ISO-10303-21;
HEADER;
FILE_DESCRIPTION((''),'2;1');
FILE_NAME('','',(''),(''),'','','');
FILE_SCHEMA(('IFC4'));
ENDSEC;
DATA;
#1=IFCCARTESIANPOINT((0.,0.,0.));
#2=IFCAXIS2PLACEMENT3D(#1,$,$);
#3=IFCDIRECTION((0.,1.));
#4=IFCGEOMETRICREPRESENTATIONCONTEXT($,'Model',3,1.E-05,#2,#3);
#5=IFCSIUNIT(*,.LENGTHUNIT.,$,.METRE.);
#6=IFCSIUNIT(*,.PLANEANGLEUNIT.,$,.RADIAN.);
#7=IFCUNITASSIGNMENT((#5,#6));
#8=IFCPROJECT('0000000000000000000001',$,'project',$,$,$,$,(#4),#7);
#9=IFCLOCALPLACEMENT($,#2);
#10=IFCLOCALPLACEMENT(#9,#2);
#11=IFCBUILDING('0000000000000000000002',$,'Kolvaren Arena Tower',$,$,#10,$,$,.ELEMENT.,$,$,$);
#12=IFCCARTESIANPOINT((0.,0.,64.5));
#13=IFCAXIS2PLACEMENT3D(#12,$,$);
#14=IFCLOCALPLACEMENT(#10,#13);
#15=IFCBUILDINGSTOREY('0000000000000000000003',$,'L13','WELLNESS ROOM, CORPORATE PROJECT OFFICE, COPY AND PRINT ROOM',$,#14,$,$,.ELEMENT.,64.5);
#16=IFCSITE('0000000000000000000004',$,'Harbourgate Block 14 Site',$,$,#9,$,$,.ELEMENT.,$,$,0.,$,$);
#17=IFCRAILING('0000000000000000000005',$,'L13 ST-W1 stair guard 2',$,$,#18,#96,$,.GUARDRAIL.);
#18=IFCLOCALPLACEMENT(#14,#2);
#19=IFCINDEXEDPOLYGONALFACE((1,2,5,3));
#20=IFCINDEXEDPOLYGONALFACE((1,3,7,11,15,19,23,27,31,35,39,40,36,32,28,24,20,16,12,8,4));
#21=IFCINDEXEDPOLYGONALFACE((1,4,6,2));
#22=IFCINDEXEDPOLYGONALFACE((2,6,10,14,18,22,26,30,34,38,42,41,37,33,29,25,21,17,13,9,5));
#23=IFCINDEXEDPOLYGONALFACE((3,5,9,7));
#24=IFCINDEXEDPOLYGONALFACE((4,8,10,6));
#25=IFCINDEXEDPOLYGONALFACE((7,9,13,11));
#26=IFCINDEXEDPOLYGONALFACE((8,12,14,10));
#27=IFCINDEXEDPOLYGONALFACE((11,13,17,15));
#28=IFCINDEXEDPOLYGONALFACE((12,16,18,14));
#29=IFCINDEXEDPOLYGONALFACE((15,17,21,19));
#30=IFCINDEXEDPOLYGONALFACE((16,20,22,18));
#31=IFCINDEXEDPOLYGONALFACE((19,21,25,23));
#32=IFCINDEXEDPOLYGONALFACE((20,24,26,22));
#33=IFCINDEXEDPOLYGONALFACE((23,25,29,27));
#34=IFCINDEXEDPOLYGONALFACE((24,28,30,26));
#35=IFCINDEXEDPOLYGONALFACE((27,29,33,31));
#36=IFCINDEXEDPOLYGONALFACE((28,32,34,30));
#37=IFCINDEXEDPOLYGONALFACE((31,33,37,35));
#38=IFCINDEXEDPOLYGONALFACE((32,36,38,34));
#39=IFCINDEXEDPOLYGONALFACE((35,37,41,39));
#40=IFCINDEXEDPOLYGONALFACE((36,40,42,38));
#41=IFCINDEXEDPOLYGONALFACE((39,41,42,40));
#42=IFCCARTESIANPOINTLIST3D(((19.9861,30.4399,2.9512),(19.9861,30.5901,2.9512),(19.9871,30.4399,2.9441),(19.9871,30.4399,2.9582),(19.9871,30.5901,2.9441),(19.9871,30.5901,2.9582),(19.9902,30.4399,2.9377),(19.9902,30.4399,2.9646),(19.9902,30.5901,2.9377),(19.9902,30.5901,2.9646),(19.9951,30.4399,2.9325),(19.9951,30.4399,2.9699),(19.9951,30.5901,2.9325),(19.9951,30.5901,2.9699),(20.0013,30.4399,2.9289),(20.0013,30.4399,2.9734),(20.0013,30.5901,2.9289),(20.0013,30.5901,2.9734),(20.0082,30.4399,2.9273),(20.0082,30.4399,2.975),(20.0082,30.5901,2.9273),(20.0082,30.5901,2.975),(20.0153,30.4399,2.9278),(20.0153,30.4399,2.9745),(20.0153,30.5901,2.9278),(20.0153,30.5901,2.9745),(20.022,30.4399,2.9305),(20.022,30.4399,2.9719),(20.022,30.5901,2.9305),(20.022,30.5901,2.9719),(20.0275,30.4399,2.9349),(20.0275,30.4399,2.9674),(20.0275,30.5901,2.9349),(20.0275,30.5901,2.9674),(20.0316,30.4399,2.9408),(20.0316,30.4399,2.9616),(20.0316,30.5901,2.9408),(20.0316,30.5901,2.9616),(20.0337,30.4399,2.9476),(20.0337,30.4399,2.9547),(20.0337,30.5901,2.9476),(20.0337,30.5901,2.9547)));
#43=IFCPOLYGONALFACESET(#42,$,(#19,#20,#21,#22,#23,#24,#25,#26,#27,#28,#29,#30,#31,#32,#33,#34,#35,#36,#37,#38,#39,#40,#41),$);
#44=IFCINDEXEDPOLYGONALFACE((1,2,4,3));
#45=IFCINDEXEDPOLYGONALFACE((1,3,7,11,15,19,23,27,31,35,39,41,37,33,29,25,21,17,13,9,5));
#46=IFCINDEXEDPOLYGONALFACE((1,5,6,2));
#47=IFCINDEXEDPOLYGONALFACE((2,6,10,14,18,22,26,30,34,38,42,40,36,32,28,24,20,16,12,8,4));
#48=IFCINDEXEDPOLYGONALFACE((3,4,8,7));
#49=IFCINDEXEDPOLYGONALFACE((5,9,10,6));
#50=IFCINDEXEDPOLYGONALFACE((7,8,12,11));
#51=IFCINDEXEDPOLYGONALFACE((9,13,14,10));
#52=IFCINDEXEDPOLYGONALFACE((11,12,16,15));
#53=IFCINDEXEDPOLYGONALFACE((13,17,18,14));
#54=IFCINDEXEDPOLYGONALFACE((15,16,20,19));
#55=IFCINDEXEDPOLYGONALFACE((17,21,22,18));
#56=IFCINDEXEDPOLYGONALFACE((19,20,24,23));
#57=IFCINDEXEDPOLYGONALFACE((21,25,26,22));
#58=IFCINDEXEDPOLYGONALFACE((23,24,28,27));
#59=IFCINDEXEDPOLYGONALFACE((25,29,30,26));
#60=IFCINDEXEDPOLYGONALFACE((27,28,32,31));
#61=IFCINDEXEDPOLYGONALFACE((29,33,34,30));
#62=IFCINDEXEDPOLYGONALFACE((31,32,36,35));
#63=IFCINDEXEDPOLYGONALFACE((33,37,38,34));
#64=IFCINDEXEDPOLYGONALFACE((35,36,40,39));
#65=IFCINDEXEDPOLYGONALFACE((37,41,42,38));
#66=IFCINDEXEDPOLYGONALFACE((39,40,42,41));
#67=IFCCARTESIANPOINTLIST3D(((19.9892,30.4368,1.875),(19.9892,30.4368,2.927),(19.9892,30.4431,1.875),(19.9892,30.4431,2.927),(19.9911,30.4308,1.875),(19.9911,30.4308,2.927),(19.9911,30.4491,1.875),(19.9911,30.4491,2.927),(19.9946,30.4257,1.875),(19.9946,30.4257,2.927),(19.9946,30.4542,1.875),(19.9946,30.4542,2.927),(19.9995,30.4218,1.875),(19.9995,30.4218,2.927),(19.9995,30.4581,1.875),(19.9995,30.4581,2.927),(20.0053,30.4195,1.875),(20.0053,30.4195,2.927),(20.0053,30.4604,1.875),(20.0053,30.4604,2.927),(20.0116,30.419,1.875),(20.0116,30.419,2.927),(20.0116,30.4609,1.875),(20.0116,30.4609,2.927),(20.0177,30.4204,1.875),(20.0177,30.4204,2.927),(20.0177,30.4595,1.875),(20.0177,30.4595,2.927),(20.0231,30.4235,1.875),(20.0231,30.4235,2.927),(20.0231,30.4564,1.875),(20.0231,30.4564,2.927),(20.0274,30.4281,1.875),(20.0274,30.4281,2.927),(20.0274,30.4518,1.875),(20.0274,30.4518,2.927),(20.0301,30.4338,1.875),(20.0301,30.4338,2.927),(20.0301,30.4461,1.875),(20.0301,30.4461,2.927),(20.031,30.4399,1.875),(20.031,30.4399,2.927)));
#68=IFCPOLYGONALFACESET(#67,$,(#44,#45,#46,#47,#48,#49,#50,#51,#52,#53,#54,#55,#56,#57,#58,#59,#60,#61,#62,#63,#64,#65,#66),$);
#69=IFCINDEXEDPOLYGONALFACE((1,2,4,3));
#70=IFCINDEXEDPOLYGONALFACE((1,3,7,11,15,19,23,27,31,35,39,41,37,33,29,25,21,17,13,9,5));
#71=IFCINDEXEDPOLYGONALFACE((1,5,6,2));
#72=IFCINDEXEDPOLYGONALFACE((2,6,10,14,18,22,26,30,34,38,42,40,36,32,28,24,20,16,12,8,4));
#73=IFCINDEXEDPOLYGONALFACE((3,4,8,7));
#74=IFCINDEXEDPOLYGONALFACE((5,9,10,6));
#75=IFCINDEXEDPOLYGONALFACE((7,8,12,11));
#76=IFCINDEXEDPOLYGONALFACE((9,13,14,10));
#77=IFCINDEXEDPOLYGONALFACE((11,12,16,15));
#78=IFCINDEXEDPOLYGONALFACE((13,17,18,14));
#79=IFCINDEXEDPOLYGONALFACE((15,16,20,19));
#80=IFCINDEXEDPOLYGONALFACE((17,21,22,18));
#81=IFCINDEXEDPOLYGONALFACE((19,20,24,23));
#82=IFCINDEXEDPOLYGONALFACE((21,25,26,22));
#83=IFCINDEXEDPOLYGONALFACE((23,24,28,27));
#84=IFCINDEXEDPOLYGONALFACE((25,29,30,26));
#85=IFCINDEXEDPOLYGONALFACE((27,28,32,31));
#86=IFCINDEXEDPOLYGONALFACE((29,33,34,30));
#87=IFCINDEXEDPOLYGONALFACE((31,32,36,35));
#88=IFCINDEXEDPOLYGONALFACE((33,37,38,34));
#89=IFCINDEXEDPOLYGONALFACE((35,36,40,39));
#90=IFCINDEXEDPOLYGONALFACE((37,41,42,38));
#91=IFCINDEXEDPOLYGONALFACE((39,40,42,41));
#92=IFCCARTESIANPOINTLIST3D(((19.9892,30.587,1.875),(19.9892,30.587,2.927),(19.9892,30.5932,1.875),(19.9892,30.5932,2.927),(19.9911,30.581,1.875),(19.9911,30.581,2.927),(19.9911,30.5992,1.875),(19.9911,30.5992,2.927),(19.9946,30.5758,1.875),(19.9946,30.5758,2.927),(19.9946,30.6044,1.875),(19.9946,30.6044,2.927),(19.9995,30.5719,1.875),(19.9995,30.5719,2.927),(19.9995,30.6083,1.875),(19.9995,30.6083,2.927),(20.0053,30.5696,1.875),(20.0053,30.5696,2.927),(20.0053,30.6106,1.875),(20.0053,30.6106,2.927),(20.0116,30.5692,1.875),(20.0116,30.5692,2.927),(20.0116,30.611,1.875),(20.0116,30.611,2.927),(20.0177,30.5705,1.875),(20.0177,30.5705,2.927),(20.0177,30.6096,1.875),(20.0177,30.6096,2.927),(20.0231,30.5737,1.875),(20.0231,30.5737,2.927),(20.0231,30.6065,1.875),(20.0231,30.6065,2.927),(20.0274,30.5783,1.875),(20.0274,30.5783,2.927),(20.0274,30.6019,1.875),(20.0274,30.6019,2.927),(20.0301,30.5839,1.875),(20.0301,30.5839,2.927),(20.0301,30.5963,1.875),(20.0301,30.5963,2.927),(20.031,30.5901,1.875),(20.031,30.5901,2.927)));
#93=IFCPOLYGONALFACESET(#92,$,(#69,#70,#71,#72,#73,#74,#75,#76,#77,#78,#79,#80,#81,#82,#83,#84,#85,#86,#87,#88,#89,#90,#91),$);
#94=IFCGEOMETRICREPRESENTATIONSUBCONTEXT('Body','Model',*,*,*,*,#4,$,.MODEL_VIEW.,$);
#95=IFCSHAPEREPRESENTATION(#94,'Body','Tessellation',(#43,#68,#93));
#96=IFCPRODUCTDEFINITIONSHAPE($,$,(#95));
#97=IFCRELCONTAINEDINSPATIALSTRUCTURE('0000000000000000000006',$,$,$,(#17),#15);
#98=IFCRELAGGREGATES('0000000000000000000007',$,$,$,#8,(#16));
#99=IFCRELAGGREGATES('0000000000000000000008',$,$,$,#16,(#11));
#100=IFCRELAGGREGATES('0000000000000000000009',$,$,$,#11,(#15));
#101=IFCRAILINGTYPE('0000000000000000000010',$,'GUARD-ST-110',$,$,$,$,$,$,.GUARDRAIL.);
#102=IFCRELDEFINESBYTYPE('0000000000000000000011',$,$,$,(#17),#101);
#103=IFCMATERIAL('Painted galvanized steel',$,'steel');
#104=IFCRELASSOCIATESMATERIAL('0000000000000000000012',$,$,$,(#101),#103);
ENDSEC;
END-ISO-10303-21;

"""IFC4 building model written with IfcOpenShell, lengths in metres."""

from ifc_helpers import new_model, si_unit, direction, frame, origin, origin_2d, place, context, subcontext, project, spatial, circle, extrude, material, type_object, element, save


model = new_model("IFC4")

# Units and contexts
model_context = context("Model", 3, precision=1e-05, world=origin(), true_north=direction((0.0, 1.0)))
body_context = subcontext(model_context, "Body", "Model", "MODEL_VIEW")
ifc_project = project(units=[si_unit("LENGTHUNIT", "METRE"), si_unit("PLANEANGLEUNIT", "RADIAN")], contexts=[model_context])

# Site, building, storey
site_placement = place(None, origin())
site = spatial("IfcSite", under=ifc_project, at=site_placement, Name="Harbourgate Block 14 Site", CompositionType="ELEMENT", RefElevation=0.0)
building_placement = place(site_placement, origin())
building = spatial("IfcBuilding", under=site, at=building_placement, Name="Kolvaren Arena Tower", CompositionType="ELEMENT")
storey_placement = place(building_placement, frame((0.0, 0.0, 64.5)))
storey = spatial("IfcBuildingStorey", under=building, at=storey_placement, Name="L13", Description="WELLNESS ROOM, CORPORATE PROJECT OFFICE, COPY AND PRINT ROOM", CompositionType="ELEMENT", Elevation=64.5)

# Railing
ifc_material_1 = material(Name="Painted galvanized steel", Category="steel")
railing_type = type_object("IfcRailingType", Name="GUARD-ST-110", PredefinedType="GUARDRAIL", material=ifc_material_1)
railing_1_placement = place(storey_placement, frame((20.01, 30.4399, 1.875)))
element("IfcRailing", 1, at=railing_1_placement, inside=storey, type_object=railing_type, Name="L13 ST-W1 stair guard 2", PredefinedType="GUARDRAIL", context=body_context, shape_type="SweptSolid", body=[
    extrude(circle(Radius=0.0239, at=origin_2d()), frame((0.0, 0.0, 1.0762), z_axis=(0.0, 1.0, 0.0), x_axis=(-1.0, 0.0, 0.0)), (0.0, 0.0, 1.0), 0.1501),
    extrude(circle(Radius=0.021, at=origin_2d()), origin(), (0.0, 0.0, 1.0), 1.052),
    extrude(circle(Radius=0.021, at=origin_2d()), frame((0.0, 0.1501, 0.0)), (0.0, 0.0, 1.0), 1.052),
])

save(model, "model.ifc")
